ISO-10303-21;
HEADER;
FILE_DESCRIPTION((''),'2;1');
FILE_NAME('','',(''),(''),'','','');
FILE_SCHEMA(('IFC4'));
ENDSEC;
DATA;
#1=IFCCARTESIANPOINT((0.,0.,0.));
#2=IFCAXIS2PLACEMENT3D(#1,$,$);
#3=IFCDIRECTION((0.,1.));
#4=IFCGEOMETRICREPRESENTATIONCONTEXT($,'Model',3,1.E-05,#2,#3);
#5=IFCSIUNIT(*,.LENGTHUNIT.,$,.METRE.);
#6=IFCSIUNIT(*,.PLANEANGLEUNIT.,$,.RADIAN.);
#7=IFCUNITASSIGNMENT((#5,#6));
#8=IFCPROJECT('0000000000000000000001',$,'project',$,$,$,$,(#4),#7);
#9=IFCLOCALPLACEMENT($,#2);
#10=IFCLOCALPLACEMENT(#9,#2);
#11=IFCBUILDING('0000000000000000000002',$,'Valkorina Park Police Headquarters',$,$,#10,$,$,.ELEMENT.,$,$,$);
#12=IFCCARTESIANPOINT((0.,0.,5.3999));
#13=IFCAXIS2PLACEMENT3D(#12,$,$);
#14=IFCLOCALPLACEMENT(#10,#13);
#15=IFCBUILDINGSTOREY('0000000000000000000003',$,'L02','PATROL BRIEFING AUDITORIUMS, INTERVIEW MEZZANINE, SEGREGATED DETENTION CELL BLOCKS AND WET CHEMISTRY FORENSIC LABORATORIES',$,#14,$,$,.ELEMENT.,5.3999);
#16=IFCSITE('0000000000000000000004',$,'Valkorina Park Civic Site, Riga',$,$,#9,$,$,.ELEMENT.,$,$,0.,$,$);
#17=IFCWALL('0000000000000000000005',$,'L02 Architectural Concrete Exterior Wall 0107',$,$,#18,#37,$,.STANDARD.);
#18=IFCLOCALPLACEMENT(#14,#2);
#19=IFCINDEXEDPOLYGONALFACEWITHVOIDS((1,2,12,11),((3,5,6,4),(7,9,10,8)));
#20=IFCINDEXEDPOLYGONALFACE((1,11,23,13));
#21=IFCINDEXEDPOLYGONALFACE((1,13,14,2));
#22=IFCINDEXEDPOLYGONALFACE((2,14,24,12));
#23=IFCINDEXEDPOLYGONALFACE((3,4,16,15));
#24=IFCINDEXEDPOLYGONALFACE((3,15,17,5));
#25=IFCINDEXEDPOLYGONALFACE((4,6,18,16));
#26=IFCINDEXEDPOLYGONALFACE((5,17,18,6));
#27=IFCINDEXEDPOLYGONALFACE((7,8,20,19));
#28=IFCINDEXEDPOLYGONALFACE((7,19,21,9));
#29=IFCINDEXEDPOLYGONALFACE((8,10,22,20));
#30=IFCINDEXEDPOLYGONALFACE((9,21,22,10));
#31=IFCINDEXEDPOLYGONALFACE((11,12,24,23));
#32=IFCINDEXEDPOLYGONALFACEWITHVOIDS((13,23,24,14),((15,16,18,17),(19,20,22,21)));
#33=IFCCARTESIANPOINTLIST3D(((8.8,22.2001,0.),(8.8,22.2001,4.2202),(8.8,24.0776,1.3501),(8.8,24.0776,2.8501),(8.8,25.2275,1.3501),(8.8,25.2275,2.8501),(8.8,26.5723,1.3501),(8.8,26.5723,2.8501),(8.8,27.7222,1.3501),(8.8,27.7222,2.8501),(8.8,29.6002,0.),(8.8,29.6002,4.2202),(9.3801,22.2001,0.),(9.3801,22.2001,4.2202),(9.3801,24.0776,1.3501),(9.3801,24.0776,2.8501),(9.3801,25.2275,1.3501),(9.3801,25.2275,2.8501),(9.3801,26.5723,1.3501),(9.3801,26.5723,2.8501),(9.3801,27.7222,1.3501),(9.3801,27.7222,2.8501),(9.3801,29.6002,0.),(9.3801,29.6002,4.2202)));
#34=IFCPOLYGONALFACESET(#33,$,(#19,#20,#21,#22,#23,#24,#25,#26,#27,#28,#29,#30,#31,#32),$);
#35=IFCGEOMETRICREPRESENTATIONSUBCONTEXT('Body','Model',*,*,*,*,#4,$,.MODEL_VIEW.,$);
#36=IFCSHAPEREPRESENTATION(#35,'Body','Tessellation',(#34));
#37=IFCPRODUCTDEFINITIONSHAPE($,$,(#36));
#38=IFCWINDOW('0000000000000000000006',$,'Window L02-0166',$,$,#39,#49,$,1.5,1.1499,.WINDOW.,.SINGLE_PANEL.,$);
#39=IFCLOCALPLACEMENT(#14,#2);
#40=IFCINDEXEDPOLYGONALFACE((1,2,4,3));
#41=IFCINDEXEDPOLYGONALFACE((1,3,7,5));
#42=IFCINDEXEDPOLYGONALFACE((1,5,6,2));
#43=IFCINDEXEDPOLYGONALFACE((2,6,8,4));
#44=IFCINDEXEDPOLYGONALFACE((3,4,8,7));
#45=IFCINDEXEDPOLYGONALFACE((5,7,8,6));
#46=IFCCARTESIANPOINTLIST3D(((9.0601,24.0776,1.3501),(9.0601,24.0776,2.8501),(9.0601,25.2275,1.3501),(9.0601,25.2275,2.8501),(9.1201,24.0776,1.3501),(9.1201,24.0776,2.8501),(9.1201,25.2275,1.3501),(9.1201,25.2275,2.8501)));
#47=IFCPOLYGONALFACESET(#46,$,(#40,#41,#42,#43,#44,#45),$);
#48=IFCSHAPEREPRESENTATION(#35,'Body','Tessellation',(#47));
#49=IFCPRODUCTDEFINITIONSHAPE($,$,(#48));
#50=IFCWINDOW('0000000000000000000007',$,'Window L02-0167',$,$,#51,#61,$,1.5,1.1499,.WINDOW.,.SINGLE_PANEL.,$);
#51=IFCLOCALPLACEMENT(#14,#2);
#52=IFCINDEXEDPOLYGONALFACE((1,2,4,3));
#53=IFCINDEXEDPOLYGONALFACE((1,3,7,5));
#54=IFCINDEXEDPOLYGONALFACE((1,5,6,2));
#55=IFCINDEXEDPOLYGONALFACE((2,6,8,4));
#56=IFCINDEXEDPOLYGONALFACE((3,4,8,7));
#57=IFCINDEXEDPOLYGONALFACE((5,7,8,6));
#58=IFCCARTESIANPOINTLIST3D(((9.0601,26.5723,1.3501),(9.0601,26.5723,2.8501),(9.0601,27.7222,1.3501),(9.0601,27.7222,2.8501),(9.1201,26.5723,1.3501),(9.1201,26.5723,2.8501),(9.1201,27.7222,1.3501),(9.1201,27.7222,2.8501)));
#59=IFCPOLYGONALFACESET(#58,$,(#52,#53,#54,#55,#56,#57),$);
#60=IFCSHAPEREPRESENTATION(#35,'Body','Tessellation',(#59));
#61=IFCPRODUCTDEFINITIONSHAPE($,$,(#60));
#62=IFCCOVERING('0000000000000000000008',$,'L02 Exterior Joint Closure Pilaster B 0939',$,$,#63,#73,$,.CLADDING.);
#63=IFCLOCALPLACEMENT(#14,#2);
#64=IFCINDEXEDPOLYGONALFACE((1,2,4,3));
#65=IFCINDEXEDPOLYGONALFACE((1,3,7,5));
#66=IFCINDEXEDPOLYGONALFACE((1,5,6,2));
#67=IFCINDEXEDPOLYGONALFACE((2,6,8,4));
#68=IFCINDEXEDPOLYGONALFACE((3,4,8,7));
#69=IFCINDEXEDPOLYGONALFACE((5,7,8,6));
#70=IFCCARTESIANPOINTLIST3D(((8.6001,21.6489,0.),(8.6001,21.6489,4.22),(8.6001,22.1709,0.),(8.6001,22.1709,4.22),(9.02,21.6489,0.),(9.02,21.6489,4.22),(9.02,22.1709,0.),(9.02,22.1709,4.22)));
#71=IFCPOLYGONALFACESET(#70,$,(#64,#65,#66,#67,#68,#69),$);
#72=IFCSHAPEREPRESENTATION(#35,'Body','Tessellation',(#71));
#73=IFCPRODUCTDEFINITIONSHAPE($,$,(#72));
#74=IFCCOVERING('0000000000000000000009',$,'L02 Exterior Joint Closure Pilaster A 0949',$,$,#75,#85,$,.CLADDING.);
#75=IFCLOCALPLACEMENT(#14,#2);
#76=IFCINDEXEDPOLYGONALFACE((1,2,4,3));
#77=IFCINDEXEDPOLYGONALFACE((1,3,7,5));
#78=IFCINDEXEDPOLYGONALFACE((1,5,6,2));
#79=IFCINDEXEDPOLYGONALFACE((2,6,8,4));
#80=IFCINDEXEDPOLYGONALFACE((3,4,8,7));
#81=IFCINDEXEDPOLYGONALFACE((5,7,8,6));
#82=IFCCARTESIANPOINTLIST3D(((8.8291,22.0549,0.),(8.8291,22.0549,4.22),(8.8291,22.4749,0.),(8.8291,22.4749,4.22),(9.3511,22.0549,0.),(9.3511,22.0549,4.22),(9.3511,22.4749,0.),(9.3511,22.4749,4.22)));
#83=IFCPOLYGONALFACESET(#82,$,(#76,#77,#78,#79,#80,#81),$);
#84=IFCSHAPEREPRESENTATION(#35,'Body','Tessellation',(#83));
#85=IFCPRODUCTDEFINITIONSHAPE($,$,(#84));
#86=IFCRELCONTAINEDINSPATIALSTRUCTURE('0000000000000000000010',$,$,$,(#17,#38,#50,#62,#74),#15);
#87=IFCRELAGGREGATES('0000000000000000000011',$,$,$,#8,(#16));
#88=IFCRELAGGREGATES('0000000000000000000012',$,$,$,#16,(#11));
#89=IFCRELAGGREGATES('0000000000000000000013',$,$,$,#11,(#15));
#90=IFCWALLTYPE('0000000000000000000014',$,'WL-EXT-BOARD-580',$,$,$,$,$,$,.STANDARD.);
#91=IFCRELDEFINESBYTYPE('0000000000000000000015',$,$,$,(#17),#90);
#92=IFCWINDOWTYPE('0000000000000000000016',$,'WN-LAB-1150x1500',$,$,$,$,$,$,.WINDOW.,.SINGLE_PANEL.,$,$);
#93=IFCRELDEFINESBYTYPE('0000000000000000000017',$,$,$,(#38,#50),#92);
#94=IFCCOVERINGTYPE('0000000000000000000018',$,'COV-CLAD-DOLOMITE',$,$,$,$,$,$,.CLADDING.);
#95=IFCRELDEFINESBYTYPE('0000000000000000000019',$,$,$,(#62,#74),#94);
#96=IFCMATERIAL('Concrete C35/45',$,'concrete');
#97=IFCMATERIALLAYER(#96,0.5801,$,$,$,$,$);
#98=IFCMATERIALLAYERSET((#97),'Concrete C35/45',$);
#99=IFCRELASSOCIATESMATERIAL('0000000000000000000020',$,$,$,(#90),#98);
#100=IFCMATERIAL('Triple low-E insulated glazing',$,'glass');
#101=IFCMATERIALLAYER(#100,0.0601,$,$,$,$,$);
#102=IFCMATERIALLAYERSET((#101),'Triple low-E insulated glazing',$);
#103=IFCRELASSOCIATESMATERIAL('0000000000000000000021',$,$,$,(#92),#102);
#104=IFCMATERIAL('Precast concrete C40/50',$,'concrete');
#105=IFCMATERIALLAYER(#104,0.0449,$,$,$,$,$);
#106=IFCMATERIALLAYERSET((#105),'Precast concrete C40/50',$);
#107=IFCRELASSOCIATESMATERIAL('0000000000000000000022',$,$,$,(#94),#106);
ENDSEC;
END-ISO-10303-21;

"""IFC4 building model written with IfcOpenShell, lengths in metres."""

from ifc_helpers import new_model, si_unit, direction, frame, frame_2d, origin, origin_2d, place, context, subcontext, project, spatial, rectangle, extrude, material, layer, layer_set, type_object, element, fill, save


model = new_model("IFC4")

# Units and contexts
model_context = context("Model", 3, precision=1e-05, world=origin(), true_north=direction((0.0, 1.0)))
body_context = subcontext(model_context, "Body", "Model", "MODEL_VIEW")
ifc_project = project(units=[si_unit("LENGTHUNIT", "METRE"), si_unit("PLANEANGLEUNIT", "RADIAN")], contexts=[model_context])

# Site, building, storey
site_placement = place(None, origin())
site = spatial("IfcSite", under=ifc_project, at=site_placement, Name="Valkorina Park Civic Site, Riga", CompositionType="ELEMENT", RefElevation=0.0)
building_placement = place(site_placement, origin())
building = spatial("IfcBuilding", under=site, at=building_placement, Name="Valkorina Park Police Headquarters", CompositionType="ELEMENT")
storey_placement = place(building_placement, frame((0.0, 0.0, 5.3999)))
storey = spatial("IfcBuildingStorey", under=building, at=storey_placement, Name="L02", Description="PATROL BRIEFING AUDITORIUMS, INTERVIEW MEZZANINE, SEGREGATED DETENTION CELL BLOCKS AND WET CHEMISTRY FORENSIC LABORATORIES", CompositionType="ELEMENT", Elevation=5.3999)

# Wall, openings, windows
ifc_material_1 = material(Name="Concrete C35/45", Category="concrete")
ifc_layer_1 = layer(ifc_material_1, 0.5801)
ifc_layer_set_1 = layer_set([ifc_layer_1], Name="Concrete C35/45")
wall_type_1 = type_object("IfcWallType", Name="WL-EXT-BOARD-580", PredefinedType="STANDARD", material=ifc_layer_set_1)
wall_1_placement = place(storey_placement, frame((9.0901, 22.2, 0.0), z_axis=(0.0, 0.0, 1.0), x_axis=(0.0, 1.0, 0.0)))
wall_1 = element("IfcWall", 1, at=wall_1_placement, inside=storey, type_object=wall_type_1, Name="L02 Architectural Concrete Exterior Wall 0107", PredefinedType="STANDARD", context=body_context, shape_type="SweptSolid", body=[
    extrude(rectangle(XDim=7.4001, YDim=0.5801, at=frame_2d((3.7002, 0.0))), origin(), (0.0, 0.0, 1.0), 4.2202),
])
opening_1_placement = place(wall_1_placement, frame((1.8777, 0.0, 1.3501)))
opening_1 = element("IfcOpeningElement", 2, at=opening_1_placement, cuts=wall_1, PredefinedType="OPENING", context=body_context, shape_type="SweptSolid", body=[
    extrude(rectangle(XDim=1.1499, YDim=1.5, at=frame_2d((0.575, 0.75))), frame((0.0, 0.3, 0.0), z_axis=(0.0, -1.0, 0.0), x_axis=(1.0, 0.0, 0.0)), (0.0, 0.0, 1.0), 0.6001),
])
opening_2_placement = place(wall_1_placement, frame((4.3723, 0.0, 1.3501)))
opening_2 = element("IfcOpeningElement", 3, at=opening_2_placement, cuts=wall_1, PredefinedType="OPENING", context=body_context, shape_type="SweptSolid", body=[
    extrude(rectangle(XDim=1.1499, YDim=1.5, at=frame_2d((0.575, 0.75))), frame((0.0, 0.3, 0.0), z_axis=(0.0, -1.0, 0.0), x_axis=(1.0, 0.0, 0.0)), (0.0, 0.0, 1.0), 0.6001),
])
ifc_material_2 = material(Name="Triple low-E insulated glazing", Category="glass")
ifc_layer_2 = layer(ifc_material_2, 0.0601)
ifc_layer_set_2 = layer_set([ifc_layer_2], Name="Triple low-E insulated glazing")
window_type = type_object("IfcWindowType", Name="WN-LAB-1150x1500", PartitioningType="SINGLE_PANEL", PredefinedType="WINDOW", material=ifc_layer_set_2)
window_1_placement = place(opening_1_placement, origin())
window_1 = element("IfcWindow", 4, at=window_1_placement, inside=storey, type_object=window_type, Name="Window L02-0166", OverallHeight=1.5, OverallWidth=1.1499, PartitioningType="SINGLE_PANEL", PredefinedType="WINDOW", context=body_context, shape_type="SweptSolid", body=[
    extrude(rectangle(XDim=1.1499, YDim=1.5, at=frame_2d((0.575, 0.75))), frame((0.0, 0.03, 0.0), z_axis=(0.0, -1.0, 0.0), x_axis=(1.0, 0.0, 0.0)), (0.0, 0.0, 1.0), 0.0601),
])
fill(opening_1, window_1)
window_2_placement = place(opening_2_placement, origin())
window_2 = element("IfcWindow", 5, at=window_2_placement, inside=storey, type_object=window_type, Name="Window L02-0167", OverallHeight=1.5, OverallWidth=1.1499, PartitioningType="SINGLE_PANEL", PredefinedType="WINDOW", context=body_context, shape_type="SweptSolid", body=[
    extrude(rectangle(XDim=1.1499, YDim=1.5, at=frame_2d((0.575, 0.75))), frame((0.0, 0.03, 0.0), z_axis=(0.0, -1.0, 0.0), x_axis=(1.0, 0.0, 0.0)), (0.0, 0.0, 1.0), 0.0601),
])
fill(opening_2, window_2)

# Coverings
ifc_material_3 = material(Name="Precast concrete C40/50", Category="concrete")
ifc_layer_3 = layer(ifc_material_3, 0.0449)
ifc_layer_set_3 = layer_set([ifc_layer_3], Name="Precast concrete C40/50")
covering_type = type_object("IfcCoveringType", Name="COV-CLAD-DOLOMITE", PredefinedType="CLADDING", material=ifc_layer_set_3)
for number, where, z_axis, x_axis, name in (
    (6, (8.8101, 21.9099, 0.0), (0.0, 0.0, 1.0), (1.0, 0.0, 0.0), "L02 Exterior Joint Closure Pilaster B 0939"),
    (7, (9.0901, 22.2649, 0.0), (0.0, 0.0, 1.0), (0.0, 1.0, 0.0), "L02 Exterior Joint Closure Pilaster A 0949"),
):
    element("IfcCovering", number, at=place(storey_placement, frame(where, z_axis=z_axis, x_axis=x_axis)), inside=storey, type_object=covering_type, Name=name, PredefinedType="CLADDING", context=body_context, shape_type="SweptSolid", body=[
        extrude(rectangle(XDim=0.4199, YDim=0.522, at=origin_2d()), origin(), (0.0, 0.0, 1.0), 4.22),
    ])

save(model, "model.ifc")
